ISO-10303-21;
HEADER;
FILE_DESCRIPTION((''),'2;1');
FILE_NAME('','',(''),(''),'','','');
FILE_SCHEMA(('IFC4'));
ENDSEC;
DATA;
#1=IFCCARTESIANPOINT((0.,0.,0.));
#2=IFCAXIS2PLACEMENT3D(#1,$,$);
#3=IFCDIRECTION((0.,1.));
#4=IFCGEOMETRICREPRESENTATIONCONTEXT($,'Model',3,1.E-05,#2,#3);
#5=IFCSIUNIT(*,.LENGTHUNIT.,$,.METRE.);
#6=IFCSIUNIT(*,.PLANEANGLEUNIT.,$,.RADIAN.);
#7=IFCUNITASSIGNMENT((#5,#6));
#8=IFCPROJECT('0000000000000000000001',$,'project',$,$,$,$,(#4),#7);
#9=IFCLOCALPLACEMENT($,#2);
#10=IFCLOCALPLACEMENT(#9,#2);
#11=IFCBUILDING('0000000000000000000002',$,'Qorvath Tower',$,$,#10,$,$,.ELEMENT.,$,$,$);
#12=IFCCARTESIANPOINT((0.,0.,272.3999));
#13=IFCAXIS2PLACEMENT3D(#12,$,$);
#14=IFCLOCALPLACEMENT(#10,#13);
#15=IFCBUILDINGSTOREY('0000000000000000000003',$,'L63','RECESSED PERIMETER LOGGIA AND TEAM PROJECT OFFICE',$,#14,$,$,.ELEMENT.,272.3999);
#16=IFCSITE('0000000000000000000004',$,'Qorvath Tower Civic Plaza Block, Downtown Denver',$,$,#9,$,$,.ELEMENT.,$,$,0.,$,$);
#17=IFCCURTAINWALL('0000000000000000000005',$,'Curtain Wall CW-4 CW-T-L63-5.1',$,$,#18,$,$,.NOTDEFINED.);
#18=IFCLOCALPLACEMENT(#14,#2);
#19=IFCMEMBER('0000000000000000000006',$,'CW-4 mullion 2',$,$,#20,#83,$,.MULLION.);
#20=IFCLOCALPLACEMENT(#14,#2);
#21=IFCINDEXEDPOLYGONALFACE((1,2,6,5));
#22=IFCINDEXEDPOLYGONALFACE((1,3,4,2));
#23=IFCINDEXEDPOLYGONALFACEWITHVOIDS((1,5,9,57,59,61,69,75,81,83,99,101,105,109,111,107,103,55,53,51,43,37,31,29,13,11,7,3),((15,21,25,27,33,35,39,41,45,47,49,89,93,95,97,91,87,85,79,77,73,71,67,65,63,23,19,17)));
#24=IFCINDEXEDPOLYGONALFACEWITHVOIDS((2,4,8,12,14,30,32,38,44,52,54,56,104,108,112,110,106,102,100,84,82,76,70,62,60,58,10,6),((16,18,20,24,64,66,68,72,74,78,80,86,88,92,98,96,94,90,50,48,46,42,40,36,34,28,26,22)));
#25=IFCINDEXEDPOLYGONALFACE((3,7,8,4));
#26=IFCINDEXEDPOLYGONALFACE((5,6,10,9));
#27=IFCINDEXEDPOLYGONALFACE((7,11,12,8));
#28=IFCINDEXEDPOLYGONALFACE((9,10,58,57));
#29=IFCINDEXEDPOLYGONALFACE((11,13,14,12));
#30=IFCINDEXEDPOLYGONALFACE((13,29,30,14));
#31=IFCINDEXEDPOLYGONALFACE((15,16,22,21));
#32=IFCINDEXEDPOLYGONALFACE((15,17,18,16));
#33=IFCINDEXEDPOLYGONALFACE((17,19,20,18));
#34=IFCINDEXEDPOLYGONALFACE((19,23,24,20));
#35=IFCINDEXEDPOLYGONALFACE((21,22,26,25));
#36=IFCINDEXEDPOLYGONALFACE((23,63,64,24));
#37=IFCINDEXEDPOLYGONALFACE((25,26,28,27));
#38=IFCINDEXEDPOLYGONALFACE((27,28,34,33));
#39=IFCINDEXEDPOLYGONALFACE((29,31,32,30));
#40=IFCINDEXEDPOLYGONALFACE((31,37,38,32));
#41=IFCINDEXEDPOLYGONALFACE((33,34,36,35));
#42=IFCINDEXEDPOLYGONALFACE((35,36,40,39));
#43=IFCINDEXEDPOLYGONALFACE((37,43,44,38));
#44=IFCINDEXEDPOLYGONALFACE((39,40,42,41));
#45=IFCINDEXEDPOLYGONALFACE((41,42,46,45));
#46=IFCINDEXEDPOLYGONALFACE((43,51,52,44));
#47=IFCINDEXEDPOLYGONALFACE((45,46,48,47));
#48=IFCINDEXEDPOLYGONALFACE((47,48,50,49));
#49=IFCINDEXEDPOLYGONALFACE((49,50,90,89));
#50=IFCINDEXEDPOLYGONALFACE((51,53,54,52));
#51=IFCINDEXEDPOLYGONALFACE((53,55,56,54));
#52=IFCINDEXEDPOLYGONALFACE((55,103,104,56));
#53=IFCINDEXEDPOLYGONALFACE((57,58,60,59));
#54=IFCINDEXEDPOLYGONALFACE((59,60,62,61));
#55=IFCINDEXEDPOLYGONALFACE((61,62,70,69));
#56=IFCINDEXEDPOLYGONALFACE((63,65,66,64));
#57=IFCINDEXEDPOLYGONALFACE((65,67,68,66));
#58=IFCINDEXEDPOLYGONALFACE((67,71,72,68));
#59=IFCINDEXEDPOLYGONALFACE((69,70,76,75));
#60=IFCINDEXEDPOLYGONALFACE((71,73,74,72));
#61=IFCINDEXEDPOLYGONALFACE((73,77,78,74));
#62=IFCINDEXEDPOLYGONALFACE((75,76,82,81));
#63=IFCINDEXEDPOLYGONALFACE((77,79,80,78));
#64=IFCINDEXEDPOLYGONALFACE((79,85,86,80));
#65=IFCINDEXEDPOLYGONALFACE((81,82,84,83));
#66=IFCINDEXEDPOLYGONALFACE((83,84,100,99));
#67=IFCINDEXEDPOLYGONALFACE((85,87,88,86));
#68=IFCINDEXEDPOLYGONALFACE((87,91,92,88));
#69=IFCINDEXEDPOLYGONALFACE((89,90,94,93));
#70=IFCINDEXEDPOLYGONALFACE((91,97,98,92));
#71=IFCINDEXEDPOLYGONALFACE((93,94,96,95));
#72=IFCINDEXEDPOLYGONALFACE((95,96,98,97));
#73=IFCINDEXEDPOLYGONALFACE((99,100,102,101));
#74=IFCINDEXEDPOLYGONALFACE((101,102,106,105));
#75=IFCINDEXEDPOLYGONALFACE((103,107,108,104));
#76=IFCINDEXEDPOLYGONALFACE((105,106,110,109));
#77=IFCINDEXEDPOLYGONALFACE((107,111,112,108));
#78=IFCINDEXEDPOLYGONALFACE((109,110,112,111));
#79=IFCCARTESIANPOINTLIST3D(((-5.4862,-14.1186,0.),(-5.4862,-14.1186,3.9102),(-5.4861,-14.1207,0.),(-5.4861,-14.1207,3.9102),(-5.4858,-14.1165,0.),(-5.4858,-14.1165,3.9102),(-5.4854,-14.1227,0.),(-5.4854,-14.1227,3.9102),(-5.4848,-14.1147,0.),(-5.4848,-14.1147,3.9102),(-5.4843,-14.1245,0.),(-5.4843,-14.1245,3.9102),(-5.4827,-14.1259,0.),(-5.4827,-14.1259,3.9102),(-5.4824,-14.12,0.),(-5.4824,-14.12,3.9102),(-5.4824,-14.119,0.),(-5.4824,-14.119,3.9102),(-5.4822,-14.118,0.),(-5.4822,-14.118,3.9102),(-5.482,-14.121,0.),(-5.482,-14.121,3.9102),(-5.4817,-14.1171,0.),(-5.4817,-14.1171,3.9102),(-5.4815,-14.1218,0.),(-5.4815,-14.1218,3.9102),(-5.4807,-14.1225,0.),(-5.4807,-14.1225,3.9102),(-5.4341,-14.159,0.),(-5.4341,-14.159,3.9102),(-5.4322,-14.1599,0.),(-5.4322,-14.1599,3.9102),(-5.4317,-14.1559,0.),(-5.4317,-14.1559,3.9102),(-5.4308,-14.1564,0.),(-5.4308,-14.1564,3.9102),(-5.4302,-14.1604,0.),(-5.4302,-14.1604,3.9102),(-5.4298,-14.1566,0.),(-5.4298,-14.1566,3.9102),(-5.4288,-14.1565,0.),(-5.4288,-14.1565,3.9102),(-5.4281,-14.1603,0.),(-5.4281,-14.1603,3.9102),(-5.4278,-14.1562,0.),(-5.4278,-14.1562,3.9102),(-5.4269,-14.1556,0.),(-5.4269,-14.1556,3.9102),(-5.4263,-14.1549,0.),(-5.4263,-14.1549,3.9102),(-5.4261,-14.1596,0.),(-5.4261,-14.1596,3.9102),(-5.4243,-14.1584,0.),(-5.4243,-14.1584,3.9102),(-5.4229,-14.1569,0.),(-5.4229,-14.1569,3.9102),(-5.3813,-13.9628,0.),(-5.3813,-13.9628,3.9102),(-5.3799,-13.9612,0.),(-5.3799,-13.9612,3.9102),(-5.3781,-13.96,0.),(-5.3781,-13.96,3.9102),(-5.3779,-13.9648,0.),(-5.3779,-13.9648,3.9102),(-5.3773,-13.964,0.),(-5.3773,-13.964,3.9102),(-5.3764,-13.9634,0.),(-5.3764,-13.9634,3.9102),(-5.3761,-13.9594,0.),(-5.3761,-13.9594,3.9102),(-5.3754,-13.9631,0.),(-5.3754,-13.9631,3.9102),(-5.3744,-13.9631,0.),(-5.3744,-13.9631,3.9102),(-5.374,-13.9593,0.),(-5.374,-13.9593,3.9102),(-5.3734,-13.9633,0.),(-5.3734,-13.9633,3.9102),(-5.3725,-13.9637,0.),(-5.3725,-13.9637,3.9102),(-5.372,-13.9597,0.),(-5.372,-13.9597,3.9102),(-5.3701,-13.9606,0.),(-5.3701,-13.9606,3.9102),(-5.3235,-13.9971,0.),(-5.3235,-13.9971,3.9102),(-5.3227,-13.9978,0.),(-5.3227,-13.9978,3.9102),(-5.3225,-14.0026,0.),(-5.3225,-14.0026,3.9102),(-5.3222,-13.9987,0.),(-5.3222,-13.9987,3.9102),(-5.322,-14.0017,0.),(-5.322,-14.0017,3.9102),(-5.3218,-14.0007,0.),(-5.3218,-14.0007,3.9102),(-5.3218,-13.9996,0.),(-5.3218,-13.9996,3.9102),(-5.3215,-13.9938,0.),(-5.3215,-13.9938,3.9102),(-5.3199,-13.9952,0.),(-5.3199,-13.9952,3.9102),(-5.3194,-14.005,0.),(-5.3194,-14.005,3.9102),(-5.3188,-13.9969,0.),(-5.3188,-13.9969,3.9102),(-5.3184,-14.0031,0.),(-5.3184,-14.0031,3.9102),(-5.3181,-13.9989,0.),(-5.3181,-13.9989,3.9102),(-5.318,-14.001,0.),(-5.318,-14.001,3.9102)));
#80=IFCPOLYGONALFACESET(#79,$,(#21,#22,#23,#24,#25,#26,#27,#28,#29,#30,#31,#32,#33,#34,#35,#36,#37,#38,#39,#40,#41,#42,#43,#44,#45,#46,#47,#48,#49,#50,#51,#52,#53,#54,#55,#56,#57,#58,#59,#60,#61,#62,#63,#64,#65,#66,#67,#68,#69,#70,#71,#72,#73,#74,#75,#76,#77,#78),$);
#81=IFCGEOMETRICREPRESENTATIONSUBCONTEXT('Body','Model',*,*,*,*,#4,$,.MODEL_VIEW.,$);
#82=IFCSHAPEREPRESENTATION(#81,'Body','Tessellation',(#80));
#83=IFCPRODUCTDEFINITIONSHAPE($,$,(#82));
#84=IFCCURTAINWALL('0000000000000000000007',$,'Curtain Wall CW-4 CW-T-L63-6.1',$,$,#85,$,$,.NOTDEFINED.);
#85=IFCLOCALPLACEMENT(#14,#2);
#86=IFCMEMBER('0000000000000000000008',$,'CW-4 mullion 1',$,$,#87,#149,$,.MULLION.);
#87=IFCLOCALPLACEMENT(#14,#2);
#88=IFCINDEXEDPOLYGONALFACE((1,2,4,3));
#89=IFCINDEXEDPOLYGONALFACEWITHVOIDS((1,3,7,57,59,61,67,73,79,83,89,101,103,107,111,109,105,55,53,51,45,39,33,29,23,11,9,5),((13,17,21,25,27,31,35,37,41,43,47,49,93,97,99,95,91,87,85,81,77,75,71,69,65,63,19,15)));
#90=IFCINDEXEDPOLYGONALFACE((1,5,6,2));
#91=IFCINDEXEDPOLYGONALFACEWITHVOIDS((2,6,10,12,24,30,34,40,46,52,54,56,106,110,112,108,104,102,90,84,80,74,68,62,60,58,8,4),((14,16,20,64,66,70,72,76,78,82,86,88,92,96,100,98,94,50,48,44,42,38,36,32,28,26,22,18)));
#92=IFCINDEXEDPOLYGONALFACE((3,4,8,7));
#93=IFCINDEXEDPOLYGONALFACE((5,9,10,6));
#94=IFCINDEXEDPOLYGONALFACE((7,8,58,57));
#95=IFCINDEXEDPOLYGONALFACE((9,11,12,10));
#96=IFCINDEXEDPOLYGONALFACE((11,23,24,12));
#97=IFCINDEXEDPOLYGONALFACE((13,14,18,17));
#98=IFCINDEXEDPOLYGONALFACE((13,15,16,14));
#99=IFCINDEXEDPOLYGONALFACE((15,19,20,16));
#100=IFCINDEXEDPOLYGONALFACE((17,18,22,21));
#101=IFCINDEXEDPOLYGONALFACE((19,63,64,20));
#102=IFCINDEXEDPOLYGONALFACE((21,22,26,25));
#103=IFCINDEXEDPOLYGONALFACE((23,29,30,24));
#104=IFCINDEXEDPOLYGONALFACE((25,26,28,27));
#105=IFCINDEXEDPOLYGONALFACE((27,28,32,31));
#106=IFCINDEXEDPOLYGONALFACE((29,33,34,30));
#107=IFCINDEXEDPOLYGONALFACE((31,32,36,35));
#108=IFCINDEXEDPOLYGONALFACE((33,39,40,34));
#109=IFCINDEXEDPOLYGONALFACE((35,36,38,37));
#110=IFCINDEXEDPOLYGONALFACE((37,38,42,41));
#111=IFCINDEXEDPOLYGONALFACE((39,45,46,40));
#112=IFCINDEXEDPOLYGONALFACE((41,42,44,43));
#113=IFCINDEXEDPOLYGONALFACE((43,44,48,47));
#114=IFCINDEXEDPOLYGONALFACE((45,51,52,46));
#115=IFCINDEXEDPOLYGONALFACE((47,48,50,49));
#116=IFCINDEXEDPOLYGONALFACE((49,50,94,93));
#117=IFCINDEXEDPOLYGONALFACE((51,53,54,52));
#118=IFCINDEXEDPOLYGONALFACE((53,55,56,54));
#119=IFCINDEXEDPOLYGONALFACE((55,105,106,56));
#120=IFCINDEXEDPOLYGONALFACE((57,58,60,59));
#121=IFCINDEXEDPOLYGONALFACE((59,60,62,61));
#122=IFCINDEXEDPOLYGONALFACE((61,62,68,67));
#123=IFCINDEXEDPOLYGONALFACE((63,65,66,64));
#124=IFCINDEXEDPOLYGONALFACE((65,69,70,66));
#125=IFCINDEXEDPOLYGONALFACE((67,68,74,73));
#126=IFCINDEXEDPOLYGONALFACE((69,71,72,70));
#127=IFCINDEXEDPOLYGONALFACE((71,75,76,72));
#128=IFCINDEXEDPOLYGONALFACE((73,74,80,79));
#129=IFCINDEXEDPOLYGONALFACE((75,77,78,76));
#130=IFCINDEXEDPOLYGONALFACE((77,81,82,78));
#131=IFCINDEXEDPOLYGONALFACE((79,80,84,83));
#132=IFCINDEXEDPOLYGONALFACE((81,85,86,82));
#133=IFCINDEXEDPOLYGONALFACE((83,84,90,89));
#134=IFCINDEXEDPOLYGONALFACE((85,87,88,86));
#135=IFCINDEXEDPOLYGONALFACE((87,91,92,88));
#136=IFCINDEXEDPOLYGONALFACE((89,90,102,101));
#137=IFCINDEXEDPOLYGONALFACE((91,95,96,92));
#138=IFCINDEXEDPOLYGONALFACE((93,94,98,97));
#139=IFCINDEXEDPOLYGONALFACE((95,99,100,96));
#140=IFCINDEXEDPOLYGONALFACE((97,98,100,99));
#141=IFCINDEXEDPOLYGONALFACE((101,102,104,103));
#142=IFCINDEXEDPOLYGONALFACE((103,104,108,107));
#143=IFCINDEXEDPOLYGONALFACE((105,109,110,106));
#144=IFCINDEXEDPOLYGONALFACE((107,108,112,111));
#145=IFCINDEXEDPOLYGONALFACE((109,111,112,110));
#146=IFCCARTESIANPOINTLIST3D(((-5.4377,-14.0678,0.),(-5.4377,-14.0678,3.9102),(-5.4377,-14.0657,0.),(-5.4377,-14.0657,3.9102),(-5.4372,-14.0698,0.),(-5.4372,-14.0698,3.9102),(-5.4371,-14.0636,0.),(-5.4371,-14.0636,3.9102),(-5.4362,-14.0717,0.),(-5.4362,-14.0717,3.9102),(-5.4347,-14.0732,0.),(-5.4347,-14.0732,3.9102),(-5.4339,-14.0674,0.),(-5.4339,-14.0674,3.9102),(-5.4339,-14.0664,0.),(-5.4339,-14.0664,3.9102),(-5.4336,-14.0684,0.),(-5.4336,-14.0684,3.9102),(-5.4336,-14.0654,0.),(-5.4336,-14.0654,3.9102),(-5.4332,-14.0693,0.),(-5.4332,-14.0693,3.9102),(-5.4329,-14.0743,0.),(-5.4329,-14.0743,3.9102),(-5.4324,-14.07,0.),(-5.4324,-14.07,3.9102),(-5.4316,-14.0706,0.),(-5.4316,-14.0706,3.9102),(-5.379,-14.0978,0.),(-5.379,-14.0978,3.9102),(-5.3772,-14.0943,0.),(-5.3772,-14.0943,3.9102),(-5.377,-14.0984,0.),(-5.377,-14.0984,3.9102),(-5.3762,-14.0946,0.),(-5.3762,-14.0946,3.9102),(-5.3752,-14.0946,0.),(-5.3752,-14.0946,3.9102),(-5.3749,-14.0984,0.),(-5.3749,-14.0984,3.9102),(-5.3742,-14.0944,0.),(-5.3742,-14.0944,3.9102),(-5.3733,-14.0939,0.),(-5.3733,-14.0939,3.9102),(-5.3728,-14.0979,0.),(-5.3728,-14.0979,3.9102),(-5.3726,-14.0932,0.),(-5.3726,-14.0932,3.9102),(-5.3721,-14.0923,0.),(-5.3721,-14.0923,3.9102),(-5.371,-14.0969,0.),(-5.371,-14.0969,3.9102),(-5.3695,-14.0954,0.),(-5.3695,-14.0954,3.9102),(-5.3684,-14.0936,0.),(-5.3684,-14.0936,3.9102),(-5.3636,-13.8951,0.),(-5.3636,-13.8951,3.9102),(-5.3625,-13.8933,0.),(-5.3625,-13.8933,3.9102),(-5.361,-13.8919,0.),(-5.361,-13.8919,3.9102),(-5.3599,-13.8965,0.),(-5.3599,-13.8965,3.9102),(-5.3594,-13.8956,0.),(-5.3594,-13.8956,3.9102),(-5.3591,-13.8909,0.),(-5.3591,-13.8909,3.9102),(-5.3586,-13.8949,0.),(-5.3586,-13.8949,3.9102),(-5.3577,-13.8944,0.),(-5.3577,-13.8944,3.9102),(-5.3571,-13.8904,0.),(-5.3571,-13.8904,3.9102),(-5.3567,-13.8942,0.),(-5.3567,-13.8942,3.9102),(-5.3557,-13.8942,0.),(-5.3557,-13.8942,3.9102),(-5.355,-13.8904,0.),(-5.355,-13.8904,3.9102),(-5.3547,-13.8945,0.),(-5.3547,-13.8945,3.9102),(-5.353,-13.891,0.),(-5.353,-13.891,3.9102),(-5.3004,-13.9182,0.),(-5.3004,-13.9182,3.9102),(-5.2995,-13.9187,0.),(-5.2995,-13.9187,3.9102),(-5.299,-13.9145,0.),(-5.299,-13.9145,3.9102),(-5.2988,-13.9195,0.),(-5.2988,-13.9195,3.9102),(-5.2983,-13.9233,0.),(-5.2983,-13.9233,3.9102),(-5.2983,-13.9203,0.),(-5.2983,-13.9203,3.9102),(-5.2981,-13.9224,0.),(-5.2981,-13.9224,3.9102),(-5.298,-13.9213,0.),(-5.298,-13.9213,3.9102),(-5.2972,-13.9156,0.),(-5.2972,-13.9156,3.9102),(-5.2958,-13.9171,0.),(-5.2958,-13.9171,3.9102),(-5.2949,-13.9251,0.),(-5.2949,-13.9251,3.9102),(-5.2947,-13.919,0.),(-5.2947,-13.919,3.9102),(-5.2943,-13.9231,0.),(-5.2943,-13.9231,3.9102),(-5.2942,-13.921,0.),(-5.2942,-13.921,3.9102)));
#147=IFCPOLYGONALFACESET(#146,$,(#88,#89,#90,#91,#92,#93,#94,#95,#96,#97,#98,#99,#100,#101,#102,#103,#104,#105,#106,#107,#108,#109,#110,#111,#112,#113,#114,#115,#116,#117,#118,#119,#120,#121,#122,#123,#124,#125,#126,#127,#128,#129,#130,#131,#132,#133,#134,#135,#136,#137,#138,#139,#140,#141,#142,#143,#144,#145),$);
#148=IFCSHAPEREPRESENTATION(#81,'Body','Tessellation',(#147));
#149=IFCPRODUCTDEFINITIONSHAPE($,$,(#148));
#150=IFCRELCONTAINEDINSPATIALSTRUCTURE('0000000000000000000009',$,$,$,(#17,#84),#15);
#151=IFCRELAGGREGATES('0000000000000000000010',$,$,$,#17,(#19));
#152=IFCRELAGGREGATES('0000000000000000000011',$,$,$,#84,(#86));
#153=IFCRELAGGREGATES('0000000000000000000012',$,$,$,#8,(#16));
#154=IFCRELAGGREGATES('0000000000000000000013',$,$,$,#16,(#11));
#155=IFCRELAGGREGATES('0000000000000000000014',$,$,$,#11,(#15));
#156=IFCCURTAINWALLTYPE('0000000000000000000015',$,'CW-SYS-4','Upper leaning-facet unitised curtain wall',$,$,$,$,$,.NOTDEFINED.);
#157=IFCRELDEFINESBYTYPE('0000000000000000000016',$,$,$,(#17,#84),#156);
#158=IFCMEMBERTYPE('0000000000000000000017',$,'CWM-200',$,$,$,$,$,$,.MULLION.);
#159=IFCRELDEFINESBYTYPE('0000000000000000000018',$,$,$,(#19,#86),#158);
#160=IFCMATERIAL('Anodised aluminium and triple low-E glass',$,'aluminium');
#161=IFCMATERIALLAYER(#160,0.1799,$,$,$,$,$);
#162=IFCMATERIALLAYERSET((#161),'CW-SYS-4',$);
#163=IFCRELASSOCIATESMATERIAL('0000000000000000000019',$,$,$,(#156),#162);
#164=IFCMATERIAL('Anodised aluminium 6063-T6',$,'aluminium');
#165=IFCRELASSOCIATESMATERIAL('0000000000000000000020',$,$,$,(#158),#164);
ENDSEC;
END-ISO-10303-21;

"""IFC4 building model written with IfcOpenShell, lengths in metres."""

from ifc_helpers import new_model, si_unit, direction, frame, origin, origin_2d, place, context, subcontext, project, spatial, hollow_rectangle, extrude, material, layer, layer_set, material_profile, profile_set, type_object, element, aggregate, save


model = new_model("IFC4")

# Units and contexts
model_context = context("Model", 3, precision=1e-05, world=origin(), true_north=direction((0.0, 1.0)))
body_context = subcontext(model_context, "Body", "Model", "MODEL_VIEW")
ifc_project = project(units=[si_unit("LENGTHUNIT", "METRE"), si_unit("PLANEANGLEUNIT", "RADIAN")], contexts=[model_context])

# Site, building, storey
site_placement = place(None, origin())
site = spatial("IfcSite", under=ifc_project, at=site_placement, Name="Qorvath Tower Civic Plaza Block, Downtown Denver", CompositionType="ELEMENT", RefElevation=0.0)
building_placement = place(site_placement, origin())
building = spatial("IfcBuilding", under=site, at=building_placement, Name="Qorvath Tower", CompositionType="ELEMENT")
storey_placement = place(building_placement, frame((0.0, 0.0, 272.3999)))
storey = spatial("IfcBuildingStorey", under=building, at=storey_placement, Name="L63", Description="RECESSED PERIMETER LOGGIA AND TEAM PROJECT OFFICE", CompositionType="ELEMENT", Elevation=272.3999)

# Shared definitions
ifc_material_1 = material(Name="Anodised aluminium and triple low-E glass", Category="aluminium")
ifc_layer_1 = layer(ifc_material_1, 0.1799)
ifc_layer_set_1 = layer_set([ifc_layer_1], Name="CW-SYS-4")
curtain_wall_type = type_object("IfcCurtainWallType", Name="CW-SYS-4", Description="Upper leaning-facet unitised curtain wall", PredefinedType="NOTDEFINED", material=ifc_layer_set_1)
ifc_material_2 = material(Name="Anodised aluminium 6063-T6", Category="aluminium")
ifc_material_profile_1 = material_profile(ifc_material_2, hollow_rectangle(XDim=0.075, YDim=0.2, WallThickness=0.0039, InnerFilletRadius=0.0039, OuterFilletRadius=0.0081, at=origin_2d()), Name="CWM 200x75")
ifc_profile_set_1 = profile_set([ifc_material_profile_1], Name="Anodised aluminium 6063-T6")
member_type_1 = type_object("IfcMemberType", Name="CWM-200", PredefinedType="MULLION", material=ifc_profile_set_1)

# Curtain walls, members
curtain_wall_1_placement = place(storey_placement, origin())
curtain_wall_1 = element("IfcCurtainWall", 1, at=curtain_wall_1_placement, inside=storey, type_object=curtain_wall_type, Name="Curtain Wall CW-4 CW-T-L63-5.1", PredefinedType="NOTDEFINED")
member_1_placement = place(storey_placement, frame((-5.4021, -14.0598, 0.0), z_axis=(0.0, 0.0, 1.0), x_axis=(-0.826319, 0.563203, 0.0)))
member_1 = element("IfcMember", 2, at=member_1_placement, type_object=member_type_1, Name="CW-4 mullion 2", PredefinedType="MULLION", context=body_context, shape_type="SweptSolid", body=[
    extrude(hollow_rectangle(XDim=0.075, YDim=0.2, WallThickness=0.0039, InnerFilletRadius=0.0039, OuterFilletRadius=0.0081, at=origin_2d()), origin(), (0.0, 0.0, 1.0), 3.9102),
])
curtain_wall_2_placement = place(storey_placement, origin())
curtain_wall_2 = element("IfcCurtainWall", 3, at=curtain_wall_2_placement, inside=storey, type_object=curtain_wall_type, Name="Curtain Wall CW-4 CW-T-L63-6.1", PredefinedType="NOTDEFINED")
member_2_placement = place(storey_placement, frame((-5.366, -13.9944, 0.0), z_axis=(0.0, 0.0, 1.0), x_axis=(-0.916559, 0.3999, 0.0)))
member_2 = element("IfcMember", 4, at=member_2_placement, type_object=member_type_1, Name="CW-4 mullion 1", PredefinedType="MULLION", context=body_context, shape_type="SweptSolid", body=[
    extrude(hollow_rectangle(XDim=0.075, YDim=0.2, WallThickness=0.0039, InnerFilletRadius=0.0039, OuterFilletRadius=0.0081, at=origin_2d()), origin(), (0.0, 0.0, 1.0), 3.9102),
])

aggregate(curtain_wall_1, [member_1])
aggregate(curtain_wall_2, [member_2])

save(model, "model.ifc")
